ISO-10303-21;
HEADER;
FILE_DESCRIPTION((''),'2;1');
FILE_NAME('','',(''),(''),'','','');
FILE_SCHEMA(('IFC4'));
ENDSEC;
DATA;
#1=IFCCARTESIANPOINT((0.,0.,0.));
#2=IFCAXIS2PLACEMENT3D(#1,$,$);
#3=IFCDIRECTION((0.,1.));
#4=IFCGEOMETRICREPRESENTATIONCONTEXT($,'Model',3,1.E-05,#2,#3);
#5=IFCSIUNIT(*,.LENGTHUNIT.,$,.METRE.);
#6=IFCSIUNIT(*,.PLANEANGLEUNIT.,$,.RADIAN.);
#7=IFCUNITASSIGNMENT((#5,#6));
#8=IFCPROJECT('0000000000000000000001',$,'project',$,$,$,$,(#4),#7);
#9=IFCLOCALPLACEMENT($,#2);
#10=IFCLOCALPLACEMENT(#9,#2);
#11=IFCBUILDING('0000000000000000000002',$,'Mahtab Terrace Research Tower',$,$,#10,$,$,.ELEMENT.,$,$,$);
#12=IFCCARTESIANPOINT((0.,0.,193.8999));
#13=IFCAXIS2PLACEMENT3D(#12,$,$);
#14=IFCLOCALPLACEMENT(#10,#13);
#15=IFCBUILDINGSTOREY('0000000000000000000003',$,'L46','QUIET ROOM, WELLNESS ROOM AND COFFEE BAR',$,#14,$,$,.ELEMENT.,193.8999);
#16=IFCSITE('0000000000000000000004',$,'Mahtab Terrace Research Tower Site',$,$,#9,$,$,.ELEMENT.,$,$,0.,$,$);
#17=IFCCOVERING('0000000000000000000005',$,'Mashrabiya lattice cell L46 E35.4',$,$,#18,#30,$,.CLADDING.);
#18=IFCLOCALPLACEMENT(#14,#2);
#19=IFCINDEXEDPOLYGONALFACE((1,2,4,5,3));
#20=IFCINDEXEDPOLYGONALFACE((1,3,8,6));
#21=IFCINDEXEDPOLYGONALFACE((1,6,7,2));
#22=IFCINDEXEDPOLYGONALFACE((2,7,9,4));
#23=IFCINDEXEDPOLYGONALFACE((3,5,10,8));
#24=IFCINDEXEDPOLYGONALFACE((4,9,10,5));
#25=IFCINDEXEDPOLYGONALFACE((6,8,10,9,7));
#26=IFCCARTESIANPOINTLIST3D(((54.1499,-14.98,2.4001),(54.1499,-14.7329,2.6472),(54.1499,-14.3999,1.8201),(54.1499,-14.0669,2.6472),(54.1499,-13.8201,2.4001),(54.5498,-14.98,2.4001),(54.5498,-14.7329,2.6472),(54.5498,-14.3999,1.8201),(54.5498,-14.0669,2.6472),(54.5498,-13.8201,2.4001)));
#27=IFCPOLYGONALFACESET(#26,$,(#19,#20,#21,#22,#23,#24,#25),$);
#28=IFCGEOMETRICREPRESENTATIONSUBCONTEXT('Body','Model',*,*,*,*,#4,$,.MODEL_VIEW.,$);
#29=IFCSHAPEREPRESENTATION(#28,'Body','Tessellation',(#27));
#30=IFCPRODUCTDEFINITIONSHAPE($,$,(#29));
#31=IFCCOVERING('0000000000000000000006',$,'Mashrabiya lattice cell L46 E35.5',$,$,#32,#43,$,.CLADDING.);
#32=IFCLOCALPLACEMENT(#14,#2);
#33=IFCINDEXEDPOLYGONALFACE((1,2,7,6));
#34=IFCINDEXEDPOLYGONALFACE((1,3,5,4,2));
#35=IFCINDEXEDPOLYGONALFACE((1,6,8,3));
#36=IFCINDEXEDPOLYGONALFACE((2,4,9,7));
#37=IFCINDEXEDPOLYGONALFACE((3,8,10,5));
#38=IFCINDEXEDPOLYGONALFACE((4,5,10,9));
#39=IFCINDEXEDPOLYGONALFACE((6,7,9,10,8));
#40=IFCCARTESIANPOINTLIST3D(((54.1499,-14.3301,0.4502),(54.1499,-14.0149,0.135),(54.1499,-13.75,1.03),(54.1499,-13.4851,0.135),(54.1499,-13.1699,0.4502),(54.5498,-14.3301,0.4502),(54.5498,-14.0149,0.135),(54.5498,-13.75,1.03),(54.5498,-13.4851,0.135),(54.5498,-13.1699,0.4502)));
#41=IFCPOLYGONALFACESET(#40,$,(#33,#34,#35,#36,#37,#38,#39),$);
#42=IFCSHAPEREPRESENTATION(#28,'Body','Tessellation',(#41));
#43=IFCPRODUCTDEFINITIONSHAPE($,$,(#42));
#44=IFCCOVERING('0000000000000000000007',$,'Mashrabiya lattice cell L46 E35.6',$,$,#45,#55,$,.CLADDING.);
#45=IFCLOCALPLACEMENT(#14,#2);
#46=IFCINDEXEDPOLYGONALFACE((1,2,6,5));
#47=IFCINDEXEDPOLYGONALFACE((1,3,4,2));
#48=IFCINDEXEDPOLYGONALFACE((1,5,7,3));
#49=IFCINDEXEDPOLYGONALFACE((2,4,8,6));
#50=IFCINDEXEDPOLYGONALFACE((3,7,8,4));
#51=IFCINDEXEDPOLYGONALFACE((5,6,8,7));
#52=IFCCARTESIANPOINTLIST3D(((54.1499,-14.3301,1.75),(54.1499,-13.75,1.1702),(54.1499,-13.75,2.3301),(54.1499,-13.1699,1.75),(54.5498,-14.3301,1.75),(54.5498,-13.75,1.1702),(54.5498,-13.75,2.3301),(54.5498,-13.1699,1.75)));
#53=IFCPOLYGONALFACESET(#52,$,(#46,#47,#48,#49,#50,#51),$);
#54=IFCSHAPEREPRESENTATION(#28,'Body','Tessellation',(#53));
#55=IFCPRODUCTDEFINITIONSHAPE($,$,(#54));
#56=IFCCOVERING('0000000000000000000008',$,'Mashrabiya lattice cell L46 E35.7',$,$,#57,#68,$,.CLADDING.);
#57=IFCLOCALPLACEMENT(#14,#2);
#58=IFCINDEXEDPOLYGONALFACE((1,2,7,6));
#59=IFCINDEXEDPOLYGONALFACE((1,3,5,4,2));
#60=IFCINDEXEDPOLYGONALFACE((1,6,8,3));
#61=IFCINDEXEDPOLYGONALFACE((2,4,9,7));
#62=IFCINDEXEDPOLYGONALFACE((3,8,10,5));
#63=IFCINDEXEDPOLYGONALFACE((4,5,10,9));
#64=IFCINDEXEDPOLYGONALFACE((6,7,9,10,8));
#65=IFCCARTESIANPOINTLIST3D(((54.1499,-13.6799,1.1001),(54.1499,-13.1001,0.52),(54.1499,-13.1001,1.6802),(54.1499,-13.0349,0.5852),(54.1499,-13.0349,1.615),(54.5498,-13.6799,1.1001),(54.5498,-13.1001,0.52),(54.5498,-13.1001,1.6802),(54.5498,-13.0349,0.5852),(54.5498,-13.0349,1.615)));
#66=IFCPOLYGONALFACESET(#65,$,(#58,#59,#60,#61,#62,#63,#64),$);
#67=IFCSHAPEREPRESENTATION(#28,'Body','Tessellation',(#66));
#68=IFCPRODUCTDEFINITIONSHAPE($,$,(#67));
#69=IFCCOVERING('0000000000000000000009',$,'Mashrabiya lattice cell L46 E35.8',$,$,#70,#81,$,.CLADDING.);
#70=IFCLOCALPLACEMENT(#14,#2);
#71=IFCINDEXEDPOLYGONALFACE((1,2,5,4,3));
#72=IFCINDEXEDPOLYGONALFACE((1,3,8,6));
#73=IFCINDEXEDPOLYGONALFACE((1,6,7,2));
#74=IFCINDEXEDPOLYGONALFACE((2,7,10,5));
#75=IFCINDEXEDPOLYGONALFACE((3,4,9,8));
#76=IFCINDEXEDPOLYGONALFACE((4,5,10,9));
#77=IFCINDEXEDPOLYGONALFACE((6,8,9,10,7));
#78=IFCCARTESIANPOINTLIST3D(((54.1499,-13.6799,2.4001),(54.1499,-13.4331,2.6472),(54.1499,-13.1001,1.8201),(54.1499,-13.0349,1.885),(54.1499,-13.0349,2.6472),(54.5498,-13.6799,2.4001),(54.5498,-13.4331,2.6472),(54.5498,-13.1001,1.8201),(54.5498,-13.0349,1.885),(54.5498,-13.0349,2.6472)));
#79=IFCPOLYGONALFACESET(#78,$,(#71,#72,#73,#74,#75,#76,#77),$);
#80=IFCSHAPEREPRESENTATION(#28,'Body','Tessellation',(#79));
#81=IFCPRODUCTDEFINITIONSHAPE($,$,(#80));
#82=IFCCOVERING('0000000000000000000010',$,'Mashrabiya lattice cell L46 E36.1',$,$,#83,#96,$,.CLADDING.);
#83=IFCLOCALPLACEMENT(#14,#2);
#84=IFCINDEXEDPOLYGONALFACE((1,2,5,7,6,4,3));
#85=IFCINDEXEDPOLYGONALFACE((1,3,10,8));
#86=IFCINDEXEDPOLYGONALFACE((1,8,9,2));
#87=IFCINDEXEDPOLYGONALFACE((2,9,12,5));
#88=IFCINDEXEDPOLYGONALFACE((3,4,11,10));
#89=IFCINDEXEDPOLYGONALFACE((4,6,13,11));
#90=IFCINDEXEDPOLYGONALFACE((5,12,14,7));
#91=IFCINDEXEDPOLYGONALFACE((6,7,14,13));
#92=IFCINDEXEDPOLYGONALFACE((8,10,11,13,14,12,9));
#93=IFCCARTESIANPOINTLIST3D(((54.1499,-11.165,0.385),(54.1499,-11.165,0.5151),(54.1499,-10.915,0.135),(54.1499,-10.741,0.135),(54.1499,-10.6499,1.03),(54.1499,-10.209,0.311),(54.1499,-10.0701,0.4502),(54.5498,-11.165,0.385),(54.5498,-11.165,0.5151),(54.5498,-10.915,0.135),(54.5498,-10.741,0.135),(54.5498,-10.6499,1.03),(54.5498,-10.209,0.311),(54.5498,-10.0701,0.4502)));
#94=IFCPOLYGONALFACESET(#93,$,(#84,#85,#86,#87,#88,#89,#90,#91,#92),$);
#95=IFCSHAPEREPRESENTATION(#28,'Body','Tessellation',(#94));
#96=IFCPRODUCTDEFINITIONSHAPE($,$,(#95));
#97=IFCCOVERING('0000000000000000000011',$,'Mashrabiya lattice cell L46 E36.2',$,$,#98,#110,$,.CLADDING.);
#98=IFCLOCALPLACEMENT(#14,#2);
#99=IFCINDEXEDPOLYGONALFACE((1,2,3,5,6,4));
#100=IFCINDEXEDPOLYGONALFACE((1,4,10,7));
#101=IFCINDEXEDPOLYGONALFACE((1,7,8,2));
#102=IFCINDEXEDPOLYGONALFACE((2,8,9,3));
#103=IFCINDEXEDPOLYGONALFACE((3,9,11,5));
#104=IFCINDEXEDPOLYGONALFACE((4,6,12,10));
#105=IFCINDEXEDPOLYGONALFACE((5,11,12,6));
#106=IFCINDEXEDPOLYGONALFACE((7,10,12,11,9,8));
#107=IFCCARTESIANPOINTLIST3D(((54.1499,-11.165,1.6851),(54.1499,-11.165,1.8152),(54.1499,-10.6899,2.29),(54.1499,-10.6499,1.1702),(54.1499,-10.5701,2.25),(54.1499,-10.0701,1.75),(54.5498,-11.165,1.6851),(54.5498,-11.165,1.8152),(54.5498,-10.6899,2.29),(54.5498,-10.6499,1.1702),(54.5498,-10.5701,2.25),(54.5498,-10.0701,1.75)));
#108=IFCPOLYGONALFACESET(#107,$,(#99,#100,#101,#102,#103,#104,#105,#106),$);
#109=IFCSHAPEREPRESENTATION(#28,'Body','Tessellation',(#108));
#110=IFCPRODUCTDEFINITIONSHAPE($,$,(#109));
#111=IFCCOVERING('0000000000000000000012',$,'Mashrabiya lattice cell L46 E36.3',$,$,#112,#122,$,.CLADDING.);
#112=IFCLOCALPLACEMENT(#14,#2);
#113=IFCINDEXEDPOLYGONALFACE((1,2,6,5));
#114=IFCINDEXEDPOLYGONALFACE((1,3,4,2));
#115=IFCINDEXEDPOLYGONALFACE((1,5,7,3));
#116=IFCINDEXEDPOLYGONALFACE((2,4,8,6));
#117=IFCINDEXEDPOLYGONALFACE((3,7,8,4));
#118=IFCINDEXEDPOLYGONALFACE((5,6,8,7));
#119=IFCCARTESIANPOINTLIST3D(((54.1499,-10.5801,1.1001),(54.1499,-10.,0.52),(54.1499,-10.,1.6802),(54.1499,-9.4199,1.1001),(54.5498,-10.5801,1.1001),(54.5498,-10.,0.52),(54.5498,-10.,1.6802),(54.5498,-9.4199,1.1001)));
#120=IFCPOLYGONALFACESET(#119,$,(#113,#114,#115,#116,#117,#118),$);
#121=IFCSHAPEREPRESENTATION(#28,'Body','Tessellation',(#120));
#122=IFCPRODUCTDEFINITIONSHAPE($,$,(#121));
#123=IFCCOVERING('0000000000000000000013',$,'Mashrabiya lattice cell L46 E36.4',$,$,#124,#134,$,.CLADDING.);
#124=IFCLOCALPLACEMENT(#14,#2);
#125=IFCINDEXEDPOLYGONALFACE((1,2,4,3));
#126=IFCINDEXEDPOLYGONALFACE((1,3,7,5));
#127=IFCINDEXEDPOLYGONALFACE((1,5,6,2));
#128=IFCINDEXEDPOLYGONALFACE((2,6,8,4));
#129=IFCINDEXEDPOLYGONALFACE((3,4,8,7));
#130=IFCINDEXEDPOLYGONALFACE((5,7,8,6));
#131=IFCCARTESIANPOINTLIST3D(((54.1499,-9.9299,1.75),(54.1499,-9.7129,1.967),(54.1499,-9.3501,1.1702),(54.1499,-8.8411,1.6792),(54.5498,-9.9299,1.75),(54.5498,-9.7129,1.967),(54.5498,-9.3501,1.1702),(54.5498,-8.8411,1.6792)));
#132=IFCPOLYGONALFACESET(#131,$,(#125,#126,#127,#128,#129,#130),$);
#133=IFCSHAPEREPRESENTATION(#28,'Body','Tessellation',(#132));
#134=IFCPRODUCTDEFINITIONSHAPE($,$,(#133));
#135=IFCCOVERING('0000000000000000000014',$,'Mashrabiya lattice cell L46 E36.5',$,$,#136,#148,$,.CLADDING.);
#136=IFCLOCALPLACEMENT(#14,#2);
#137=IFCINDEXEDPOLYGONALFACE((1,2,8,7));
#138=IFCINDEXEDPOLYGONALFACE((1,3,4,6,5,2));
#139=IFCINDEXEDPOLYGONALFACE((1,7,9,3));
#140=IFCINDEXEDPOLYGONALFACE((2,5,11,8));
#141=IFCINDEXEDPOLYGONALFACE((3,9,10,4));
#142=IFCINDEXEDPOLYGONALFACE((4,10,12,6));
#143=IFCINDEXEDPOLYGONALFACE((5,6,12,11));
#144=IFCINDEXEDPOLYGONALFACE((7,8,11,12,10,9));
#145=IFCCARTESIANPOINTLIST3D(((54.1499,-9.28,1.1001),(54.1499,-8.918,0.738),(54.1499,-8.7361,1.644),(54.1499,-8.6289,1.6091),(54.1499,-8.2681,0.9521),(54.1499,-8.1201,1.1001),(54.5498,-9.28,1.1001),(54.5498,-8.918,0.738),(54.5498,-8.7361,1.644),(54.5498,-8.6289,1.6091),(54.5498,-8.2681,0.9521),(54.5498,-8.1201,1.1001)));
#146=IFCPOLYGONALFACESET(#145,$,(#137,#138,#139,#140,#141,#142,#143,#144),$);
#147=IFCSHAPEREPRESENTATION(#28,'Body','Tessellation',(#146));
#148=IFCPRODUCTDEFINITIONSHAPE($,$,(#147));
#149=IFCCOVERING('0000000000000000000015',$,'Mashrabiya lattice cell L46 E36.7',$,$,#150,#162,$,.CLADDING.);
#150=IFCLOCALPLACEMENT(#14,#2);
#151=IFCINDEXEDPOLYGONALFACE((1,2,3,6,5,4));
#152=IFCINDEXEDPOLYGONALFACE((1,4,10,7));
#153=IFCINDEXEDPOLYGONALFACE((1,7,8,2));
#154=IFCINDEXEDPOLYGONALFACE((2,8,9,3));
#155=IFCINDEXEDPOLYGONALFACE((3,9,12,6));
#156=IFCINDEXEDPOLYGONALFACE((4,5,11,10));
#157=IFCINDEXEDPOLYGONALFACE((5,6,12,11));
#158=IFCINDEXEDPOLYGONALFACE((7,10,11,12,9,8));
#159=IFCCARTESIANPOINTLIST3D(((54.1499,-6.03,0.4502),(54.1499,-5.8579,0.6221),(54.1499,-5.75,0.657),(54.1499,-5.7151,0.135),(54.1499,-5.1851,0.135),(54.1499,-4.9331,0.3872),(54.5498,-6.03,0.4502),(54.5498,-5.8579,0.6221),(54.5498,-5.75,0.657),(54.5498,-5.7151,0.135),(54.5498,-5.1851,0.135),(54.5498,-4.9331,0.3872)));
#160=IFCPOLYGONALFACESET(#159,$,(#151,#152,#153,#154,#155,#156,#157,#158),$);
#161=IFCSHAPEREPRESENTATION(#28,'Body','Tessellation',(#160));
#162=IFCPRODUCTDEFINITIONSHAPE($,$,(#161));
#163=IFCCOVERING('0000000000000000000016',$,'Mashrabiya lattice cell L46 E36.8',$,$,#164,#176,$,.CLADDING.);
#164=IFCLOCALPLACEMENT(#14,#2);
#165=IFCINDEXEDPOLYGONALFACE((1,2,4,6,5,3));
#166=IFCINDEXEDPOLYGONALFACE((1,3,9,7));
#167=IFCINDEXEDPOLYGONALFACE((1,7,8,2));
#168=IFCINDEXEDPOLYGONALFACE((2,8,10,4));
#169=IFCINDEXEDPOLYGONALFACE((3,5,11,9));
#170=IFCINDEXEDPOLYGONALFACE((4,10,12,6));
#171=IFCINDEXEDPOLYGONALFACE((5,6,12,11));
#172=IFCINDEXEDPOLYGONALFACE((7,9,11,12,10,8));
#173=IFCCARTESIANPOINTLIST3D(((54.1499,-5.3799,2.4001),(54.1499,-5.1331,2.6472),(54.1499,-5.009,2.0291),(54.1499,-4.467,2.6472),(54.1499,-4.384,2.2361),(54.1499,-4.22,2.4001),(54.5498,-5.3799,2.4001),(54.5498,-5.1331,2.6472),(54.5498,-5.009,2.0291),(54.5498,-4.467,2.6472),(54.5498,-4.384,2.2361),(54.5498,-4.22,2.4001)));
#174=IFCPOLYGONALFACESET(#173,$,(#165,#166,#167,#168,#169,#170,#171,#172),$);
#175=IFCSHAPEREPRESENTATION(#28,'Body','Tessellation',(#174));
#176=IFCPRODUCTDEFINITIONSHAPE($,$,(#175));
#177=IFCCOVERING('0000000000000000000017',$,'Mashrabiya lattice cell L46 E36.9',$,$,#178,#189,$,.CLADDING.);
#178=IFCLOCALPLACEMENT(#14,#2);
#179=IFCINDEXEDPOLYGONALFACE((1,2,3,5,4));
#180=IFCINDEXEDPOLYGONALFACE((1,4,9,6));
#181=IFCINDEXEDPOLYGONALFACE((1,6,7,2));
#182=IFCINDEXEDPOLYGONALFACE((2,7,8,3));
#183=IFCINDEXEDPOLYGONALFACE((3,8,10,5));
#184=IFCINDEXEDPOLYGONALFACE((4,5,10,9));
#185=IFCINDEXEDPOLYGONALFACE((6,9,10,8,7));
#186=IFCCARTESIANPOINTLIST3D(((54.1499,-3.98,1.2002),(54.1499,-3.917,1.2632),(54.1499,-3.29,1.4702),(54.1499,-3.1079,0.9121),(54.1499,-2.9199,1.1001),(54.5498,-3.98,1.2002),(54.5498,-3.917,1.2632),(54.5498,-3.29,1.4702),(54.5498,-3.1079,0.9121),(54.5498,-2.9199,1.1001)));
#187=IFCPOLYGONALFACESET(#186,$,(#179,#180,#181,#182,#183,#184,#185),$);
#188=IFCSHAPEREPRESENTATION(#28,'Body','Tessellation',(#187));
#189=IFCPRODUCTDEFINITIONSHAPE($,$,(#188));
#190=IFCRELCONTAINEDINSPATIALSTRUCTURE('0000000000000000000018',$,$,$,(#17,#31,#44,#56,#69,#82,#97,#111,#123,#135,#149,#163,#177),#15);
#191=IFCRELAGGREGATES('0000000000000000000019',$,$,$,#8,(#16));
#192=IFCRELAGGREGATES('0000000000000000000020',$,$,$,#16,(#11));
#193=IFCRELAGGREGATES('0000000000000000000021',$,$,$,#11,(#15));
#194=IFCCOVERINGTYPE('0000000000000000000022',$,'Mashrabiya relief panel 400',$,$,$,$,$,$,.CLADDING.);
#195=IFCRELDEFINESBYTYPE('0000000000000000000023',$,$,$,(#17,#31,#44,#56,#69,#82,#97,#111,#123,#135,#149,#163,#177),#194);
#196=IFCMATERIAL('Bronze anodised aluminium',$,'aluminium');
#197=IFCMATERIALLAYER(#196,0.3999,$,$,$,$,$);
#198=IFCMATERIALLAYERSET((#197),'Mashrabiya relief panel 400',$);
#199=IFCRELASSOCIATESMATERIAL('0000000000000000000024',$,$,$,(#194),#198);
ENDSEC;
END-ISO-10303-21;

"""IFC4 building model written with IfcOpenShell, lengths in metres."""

from ifc_helpers import new_model, si_unit, direction, frame, origin, place, context, subcontext, project, spatial, polyline, outline, extrude, material, layer, layer_set, type_object, element, save


model = new_model("IFC4")

# Units and contexts
model_context = context("Model", 3, precision=1e-05, world=origin(), true_north=direction((0.0, 1.0)))
body_context = subcontext(model_context, "Body", "Model", "MODEL_VIEW")
ifc_project = project(units=[si_unit("LENGTHUNIT", "METRE"), si_unit("PLANEANGLEUNIT", "RADIAN")], contexts=[model_context])

# Site, building, storey
site_placement = place(None, origin())
site = spatial("IfcSite", under=ifc_project, at=site_placement, Name="Mahtab Terrace Research Tower Site", CompositionType="ELEMENT", RefElevation=0.0)
building_placement = place(site_placement, origin())
building = spatial("IfcBuilding", under=site, at=building_placement, Name="Mahtab Terrace Research Tower", CompositionType="ELEMENT")
storey_placement = place(building_placement, frame((0.0, 0.0, 193.8999)))
storey = spatial("IfcBuildingStorey", under=building, at=storey_placement, Name="L46", Description="QUIET ROOM, WELLNESS ROOM AND COFFEE BAR", CompositionType="ELEMENT", Elevation=193.8999)

# Coverings
ifc_material_1 = material(Name="Bronze anodised aluminium", Category="aluminium")
ifc_layer_1 = layer(ifc_material_1, 0.3999)
ifc_layer_set_1 = layer_set([ifc_layer_1], Name="Mashrabiya relief panel 400")
covering_type_1 = type_object("IfcCoveringType", Name="Mashrabiya relief panel 400", PredefinedType="CLADDING", material=ifc_layer_set_1)
covering_1_placement = place(storey_placement, frame((54.1499, -13.8201, 2.4001), z_axis=(-1.0, 0.0, 0.0), x_axis=(0.0, -0.706958, -0.707256)))
element("IfcCovering", 1, at=covering_1_placement, inside=storey, type_object=covering_type_1, Name="Mashrabiya lattice cell L46 E35.4", PredefinedType="CLADDING", context=body_context, shape_type="SweptSolid", body=[
    extrude(outline(polyline([(0.0, 0.0), (0.8202, 0.0), (0.82, 0.8204), (0.4706, 0.8203), (-0.0002, 0.3492), (0.0, 0.0)])), origin(), (0.0, 0.0, -1.0), 0.3999),
])
covering_2_placement = place(storey_placement, frame((54.1499, -14.3301, 0.4502), z_axis=(-1.0, 0.0, 0.0), x_axis=(0.0, 0.707256, 0.706958)))
element("IfcCovering", 2, at=covering_2_placement, inside=storey, type_object=covering_type_1, Name="Mashrabiya lattice cell L46 E35.5", PredefinedType="CLADDING", context=body_context, shape_type="SweptSolid", body=[
    extrude(outline(polyline([(0.0, 0.0), (0.8202, 0.0), (0.8205, 0.8202), (0.3748, 0.8203), (0.0001, 0.4457), (0.0, 0.0)])), origin(), (0.0, 0.0, -1.0), 0.3999),
])
covering_3_placement = place(storey_placement, frame((54.1499, -13.75, 2.3301), z_axis=(-1.0, 0.0, 0.0), x_axis=(0.0, 0.707107, -0.707107)))
element("IfcCovering", 3, at=covering_3_placement, inside=storey, type_object=covering_type_1, Name="Mashrabiya lattice cell L46 E35.6", PredefinedType="CLADDING", context=body_context, shape_type="SweptSolid", body=[
    extrude(outline(polyline([(0.0, 0.0), (0.8204, 0.0), (0.8202, 0.8202), (0.0, 0.8204), (0.0, 0.0)])), origin(), (0.0, 0.0, -1.0), 0.3999),
])
covering_4_placement = place(storey_placement, frame((54.1499, -13.1001, 0.52), z_axis=(-1.0, 0.0, 0.0), x_axis=(0.0, -0.706958, 0.707256)))
element("IfcCovering", 4, at=covering_4_placement, inside=storey, type_object=covering_type_1, Name="Mashrabiya lattice cell L46 E35.7", PredefinedType="CLADDING", context=body_context, shape_type="SweptSolid", body=[
    extrude(outline(polyline([(0.0, 0.0), (0.8202, 0.0), (0.8205, 0.8202), (0.7283, 0.8202), (0.0, 0.0922), (0.0, 0.0)])), origin(), (0.0, 0.0, -1.0), 0.3999),
])
covering_5_placement = place(storey_placement, frame((54.1499, -13.1001, 1.8201), z_axis=(-1.0, 0.0, 0.0), x_axis=(0.0, -0.706958, 0.707256)))
element("IfcCovering", 5, at=covering_5_placement, inside=storey, type_object=covering_type_1, Name="Mashrabiya lattice cell L46 E35.8", PredefinedType="CLADDING", context=body_context, shape_type="SweptSolid", body=[
    extrude(outline(polyline([(0.0, 0.0), (0.8202, 0.0), (0.8204, 0.3492), (0.5389, 0.6309), (-0.0002, 0.092), (0.0, 0.0)])), origin(), (0.0, 0.0, -1.0), 0.3999),
])
covering_6_placement = place(storey_placement, frame((54.1499, -11.165, 0.385), z_axis=(-1.0, 0.0, 0.0), x_axis=(0.0, 0.0, 1.0)))
element("IfcCovering", 6, at=covering_6_placement, inside=storey, type_object=covering_type_1, Name="Mashrabiya lattice cell L46 E36.1", PredefinedType="CLADDING", context=body_context, shape_type="SweptSolid", body=[
    extrude(outline(polyline([(0.0, 0.0), (0.1301, 0.0), (0.645, 0.5151), (0.0652, 1.095), (-0.074, 0.9561), (-0.25, 0.4241), (-0.25, 0.25), (0.0, 0.0)])), origin(), (0.0, 0.0, -1.0), 0.3999),
])
covering_7_placement = place(storey_placement, frame((54.1499, -10.0701, 1.75), z_axis=(-1.0, 0.0, 0.0), x_axis=(0.0, -0.707107, -0.707107)))
element("IfcCovering", 7, at=covering_7_placement, inside=storey, type_object=covering_type_1, Name="Mashrabiya lattice cell L46 E36.2", PredefinedType="CLADDING", context=body_context, shape_type="SweptSolid", body=[
    extrude(outline(polyline([(0.0, 0.0), (0.82, 0.0), (0.8202, 0.7283), (0.7282, 0.8204), (0.0565, 0.8202), (0.0, 0.7071), (0.0, 0.0)])), origin(), (0.0, 0.0, -1.0), 0.3999),
])
covering_8_placement = place(storey_placement, frame((54.1499, -10.0, 1.6802), z_axis=(-1.0, 0.0, 0.0), x_axis=(0.0, 0.707107, -0.707107)))
element("IfcCovering", 8, at=covering_8_placement, inside=storey, type_object=covering_type_1, Name="Mashrabiya lattice cell L46 E36.3", PredefinedType="CLADDING", context=body_context, shape_type="SweptSolid", body=[
    extrude(outline(polyline([(0.0, 0.0), (0.8204, 0.0), (0.8204, 0.8204), (0.0, 0.8204), (0.0, 0.0)])), origin(), (0.0, 0.0, -1.0), 0.3999),
])
covering_9_placement = place(storey_placement, frame((54.1499, -9.3501, 1.1702), z_axis=(-1.0, 0.0, 0.0), x_axis=(0.0, -0.707107, 0.707107)))
element("IfcCovering", 9, at=covering_9_placement, inside=storey, type_object=covering_type_1, Name="Mashrabiya lattice cell L46 E36.4", PredefinedType="CLADDING", context=body_context, shape_type="SweptSolid", body=[
    extrude(outline(polyline([(0.0, 0.0), (0.82, 0.0), (0.82, 0.3069), (0.0, 0.7199), (0.0, 0.0)])), origin(), (0.0, 0.0, -1.0), 0.3999),
])
covering_10_placement = place(storey_placement, frame((54.1499, -9.28, 1.1001), z_axis=(-1.0, 0.0, 0.0), x_axis=(0.0, 0.707107, 0.707107)))
element("IfcCovering", 10, at=covering_10_placement, inside=storey, type_object=covering_type_1, Name="Mashrabiya lattice cell L46 E36.5", PredefinedType="CLADDING", context=body_context, shape_type="SweptSolid", body=[
    extrude(outline(polyline([(0.0, 0.0), (0.7693, 0.0), (0.8204, 0.1005), (0.8202, 0.8202), (0.6109, 0.8202), (0.0, 0.512), (0.0, 0.0)])), origin(), (0.0, 0.0, -1.0), 0.3999),
])
covering_11_placement = place(storey_placement, frame((54.1499, -6.03, 0.4502), z_axis=(-1.0, 0.0, 0.0), x_axis=(0.0, 0.707608, 0.706605)))
element("IfcCovering", 11, at=covering_11_placement, inside=storey, type_object=covering_type_1, Name="Mashrabiya lattice cell L46 E36.7", PredefinedType="CLADDING", context=body_context, shape_type="SweptSolid", body=[
    extrude(outline(polyline([(0.0, 0.0), (0.2432, 0.0), (0.3443, 0.0515), (0.7317, 0.8197), (0.3752, 0.8201), (0.0001, 0.4456), (0.0, 0.0)])), origin(), (0.0, 0.0, -1.0), 0.3999),
])
covering_12_placement = place(storey_placement, frame((54.1499, -5.3799, 2.4001), z_axis=(-1.0, 0.0, 0.0), x_axis=(0.0, 0.706757, 0.707456)))
element("IfcCovering", 12, at=covering_12_placement, inside=storey, type_object=covering_type_1, Name="Mashrabiya lattice cell L46 E36.8", PredefinedType="CLADDING", context=body_context, shape_type="SweptSolid", body=[
    extrude(outline(polyline([(0.0, 0.0), (0.3492, 0.0), (0.8199, 0.4712), (0.8198, 0.8206), (0.5878, 0.8205), (-0.0004, 0.5246), (0.0, 0.0)])), origin(), (0.0, 0.0, -1.0), 0.3999),
])
covering_13_placement = place(storey_placement, frame((54.1499, -2.9199, 1.1001), z_axis=(-1.0, 0.0, 0.0), x_axis=(0.0, -0.707107, -0.707107)))
element("IfcCovering", 13, at=covering_13_placement, inside=storey, type_object=covering_type_1, Name="Mashrabiya lattice cell L46 E36.9", PredefinedType="CLADDING", context=body_context, shape_type="SweptSolid", body=[
    extrude(outline(polyline([(0.0, 0.0), (0.2659, 0.0), (0.6788, 0.8204), (0.5897, 0.8204), (0.0, 0.5234), (0.0, 0.0)])), origin(), (0.0, 0.0, -1.0), 0.3999),
])

save(model, "model.ifc")
